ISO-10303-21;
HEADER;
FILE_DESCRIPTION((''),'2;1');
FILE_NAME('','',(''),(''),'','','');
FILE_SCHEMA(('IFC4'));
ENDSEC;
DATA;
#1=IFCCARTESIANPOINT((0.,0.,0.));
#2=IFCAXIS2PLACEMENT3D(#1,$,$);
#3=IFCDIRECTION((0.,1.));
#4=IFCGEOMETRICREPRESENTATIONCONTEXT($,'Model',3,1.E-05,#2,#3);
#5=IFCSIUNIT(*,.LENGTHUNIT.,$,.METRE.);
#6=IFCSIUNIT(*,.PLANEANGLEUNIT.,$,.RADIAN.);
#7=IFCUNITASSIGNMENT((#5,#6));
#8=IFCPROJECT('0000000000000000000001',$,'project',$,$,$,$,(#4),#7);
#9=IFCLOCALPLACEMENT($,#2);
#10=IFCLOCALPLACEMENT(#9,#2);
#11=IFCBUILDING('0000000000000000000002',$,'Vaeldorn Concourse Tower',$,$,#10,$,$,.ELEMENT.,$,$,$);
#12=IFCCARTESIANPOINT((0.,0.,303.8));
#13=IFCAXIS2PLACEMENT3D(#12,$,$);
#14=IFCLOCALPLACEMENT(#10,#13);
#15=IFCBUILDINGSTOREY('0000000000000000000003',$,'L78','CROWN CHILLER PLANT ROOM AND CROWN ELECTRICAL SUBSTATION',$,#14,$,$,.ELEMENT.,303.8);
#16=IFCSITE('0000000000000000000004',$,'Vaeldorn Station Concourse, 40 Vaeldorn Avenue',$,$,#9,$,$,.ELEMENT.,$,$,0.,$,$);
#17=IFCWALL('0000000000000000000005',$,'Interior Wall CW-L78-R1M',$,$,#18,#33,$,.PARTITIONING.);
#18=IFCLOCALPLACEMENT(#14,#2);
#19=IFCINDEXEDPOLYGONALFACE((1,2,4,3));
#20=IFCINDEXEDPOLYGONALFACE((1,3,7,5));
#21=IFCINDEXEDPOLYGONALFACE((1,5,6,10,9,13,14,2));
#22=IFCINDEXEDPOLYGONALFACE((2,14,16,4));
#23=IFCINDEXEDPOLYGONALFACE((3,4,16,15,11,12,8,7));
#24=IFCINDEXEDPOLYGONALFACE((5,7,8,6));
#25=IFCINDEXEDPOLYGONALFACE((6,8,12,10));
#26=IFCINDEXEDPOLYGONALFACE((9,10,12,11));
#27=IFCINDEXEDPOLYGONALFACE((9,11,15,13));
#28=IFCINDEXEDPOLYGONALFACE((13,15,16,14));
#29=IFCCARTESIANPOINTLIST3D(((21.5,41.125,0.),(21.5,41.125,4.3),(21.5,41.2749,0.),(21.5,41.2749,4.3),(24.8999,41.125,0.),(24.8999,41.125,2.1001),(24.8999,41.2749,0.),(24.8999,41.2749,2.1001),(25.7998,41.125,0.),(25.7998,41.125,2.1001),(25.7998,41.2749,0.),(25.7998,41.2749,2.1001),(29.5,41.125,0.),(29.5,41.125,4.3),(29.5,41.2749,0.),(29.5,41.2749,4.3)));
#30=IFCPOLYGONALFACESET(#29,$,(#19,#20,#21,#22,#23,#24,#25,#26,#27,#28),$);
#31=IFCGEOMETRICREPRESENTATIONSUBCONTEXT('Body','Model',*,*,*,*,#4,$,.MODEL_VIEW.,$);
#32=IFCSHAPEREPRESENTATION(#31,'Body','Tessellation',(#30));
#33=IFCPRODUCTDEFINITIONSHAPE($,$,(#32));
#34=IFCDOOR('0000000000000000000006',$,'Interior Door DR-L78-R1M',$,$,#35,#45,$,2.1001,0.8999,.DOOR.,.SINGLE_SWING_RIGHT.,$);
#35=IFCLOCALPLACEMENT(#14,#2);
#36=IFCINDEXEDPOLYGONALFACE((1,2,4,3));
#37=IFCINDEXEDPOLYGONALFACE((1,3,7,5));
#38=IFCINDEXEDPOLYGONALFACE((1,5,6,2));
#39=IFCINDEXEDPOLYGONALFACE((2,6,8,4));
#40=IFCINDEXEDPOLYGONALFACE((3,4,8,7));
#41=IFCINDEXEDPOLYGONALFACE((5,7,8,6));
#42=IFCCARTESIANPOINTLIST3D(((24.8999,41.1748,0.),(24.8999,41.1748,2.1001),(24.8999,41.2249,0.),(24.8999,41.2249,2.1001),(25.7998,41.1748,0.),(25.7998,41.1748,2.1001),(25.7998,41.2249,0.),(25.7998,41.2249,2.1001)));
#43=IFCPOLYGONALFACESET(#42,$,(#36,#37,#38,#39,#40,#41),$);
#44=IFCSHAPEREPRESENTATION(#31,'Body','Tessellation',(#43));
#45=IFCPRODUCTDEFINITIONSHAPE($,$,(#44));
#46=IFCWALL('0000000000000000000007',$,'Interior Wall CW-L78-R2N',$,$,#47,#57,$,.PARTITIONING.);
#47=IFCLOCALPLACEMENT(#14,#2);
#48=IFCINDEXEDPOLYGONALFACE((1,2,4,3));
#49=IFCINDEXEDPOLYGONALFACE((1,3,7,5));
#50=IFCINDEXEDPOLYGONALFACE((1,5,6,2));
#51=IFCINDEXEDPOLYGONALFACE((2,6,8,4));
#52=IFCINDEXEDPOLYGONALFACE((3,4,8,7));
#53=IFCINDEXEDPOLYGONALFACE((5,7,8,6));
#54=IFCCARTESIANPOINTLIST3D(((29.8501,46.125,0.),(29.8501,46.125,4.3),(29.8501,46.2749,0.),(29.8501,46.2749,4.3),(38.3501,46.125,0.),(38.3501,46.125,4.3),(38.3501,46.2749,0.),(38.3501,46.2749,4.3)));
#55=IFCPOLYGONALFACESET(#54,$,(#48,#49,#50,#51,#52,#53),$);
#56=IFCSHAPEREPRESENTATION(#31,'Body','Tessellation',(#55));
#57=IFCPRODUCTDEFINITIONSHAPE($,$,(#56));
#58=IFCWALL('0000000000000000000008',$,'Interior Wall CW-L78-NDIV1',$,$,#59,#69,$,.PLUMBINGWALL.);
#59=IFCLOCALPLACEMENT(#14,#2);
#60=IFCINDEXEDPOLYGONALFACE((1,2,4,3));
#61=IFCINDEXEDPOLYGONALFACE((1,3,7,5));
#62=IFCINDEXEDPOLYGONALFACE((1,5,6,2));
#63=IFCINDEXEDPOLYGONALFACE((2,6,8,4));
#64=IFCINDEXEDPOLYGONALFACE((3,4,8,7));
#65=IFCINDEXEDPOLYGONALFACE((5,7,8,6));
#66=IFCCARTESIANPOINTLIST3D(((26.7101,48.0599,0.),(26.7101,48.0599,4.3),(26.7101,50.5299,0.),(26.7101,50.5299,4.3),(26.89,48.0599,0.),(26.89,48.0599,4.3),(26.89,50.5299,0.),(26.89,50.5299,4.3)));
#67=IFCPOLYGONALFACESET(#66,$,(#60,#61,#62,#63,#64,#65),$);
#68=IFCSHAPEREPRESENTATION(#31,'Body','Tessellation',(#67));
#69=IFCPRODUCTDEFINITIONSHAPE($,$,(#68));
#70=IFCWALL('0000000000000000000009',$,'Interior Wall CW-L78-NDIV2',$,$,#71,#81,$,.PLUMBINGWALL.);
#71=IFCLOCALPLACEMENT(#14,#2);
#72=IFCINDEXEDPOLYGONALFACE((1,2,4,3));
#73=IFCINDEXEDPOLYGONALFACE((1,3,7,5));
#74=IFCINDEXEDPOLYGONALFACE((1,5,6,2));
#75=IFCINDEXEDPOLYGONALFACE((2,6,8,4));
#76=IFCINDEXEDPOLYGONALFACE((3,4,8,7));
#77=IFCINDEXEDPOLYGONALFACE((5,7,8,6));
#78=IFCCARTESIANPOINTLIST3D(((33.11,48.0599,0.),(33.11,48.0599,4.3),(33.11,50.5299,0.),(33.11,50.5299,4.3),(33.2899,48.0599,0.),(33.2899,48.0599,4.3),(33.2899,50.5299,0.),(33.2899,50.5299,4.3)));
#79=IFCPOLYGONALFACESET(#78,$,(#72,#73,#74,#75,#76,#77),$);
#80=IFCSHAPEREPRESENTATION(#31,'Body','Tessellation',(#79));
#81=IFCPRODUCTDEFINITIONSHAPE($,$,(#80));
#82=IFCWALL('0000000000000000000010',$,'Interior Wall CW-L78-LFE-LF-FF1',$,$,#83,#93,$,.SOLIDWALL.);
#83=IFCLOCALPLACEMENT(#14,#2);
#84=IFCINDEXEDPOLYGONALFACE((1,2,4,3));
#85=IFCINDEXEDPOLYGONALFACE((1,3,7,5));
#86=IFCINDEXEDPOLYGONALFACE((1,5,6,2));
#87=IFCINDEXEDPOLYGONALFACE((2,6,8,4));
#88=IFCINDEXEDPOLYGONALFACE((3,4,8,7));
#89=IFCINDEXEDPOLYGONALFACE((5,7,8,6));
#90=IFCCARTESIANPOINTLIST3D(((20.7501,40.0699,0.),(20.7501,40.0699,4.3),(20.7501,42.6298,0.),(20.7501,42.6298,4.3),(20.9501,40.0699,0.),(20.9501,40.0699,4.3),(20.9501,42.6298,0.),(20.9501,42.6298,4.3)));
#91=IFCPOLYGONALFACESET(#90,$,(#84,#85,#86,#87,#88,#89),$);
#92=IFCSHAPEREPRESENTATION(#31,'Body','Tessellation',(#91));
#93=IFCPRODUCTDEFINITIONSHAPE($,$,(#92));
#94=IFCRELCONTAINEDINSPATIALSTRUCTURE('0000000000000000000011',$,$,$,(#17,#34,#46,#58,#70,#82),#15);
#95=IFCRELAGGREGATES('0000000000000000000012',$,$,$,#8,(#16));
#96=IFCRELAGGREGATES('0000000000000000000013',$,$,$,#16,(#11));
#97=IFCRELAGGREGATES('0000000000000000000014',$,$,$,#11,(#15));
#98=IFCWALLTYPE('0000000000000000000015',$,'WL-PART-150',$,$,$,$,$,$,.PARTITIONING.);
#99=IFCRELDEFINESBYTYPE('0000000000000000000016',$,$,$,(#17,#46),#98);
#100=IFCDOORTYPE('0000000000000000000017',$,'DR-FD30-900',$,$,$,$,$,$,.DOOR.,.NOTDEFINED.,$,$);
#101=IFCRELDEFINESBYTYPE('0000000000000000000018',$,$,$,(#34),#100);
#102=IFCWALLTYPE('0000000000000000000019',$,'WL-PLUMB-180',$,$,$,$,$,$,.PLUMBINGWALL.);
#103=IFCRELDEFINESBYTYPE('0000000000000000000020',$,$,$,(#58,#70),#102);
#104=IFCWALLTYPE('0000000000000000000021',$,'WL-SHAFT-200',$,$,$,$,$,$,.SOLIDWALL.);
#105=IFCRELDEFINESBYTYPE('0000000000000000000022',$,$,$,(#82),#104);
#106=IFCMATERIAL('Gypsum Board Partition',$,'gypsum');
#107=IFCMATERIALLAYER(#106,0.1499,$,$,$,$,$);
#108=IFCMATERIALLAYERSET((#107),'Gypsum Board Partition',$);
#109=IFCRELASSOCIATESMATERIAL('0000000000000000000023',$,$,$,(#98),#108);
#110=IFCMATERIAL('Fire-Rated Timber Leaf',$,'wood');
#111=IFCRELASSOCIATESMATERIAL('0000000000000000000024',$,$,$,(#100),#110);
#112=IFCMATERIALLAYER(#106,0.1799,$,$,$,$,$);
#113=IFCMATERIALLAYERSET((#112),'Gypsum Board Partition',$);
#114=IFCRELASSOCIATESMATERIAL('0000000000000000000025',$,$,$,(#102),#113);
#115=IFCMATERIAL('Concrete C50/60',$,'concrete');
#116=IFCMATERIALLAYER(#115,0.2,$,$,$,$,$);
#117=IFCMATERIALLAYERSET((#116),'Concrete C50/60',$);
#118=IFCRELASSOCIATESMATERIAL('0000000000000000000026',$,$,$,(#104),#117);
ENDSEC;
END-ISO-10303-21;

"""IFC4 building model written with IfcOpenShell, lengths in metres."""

from ifc_helpers import new_model, si_unit, direction, frame, frame_2d, origin, place, context, subcontext, project, spatial, rectangle, extrude, source, transform, mapped, material, layer, layer_set, type_object, element, fill, save


model = new_model("IFC4")

# Units and contexts
model_context = context("Model", 3, precision=1e-05, world=origin(), true_north=direction((0.0, 1.0)))
body_context = subcontext(model_context, "Body", "Model", "MODEL_VIEW")
ifc_project = project(units=[si_unit("LENGTHUNIT", "METRE"), si_unit("PLANEANGLEUNIT", "RADIAN")], contexts=[model_context])

# Site, building, storey
site_placement = place(None, origin())
site = spatial("IfcSite", under=ifc_project, at=site_placement, Name="Vaeldorn Station Concourse, 40 Vaeldorn Avenue", CompositionType="ELEMENT", RefElevation=0.0)
building_placement = place(site_placement, origin())
building = spatial("IfcBuilding", under=site, at=building_placement, Name="Vaeldorn Concourse Tower", CompositionType="ELEMENT")
storey_placement = place(building_placement, frame((0.0, 0.0, 303.8)))
storey = spatial("IfcBuildingStorey", under=building, at=storey_placement, Name="L78", Description="CROWN CHILLER PLANT ROOM AND CROWN ELECTRICAL SUBSTATION", CompositionType="ELEMENT", Elevation=303.8)

# Shared definitions
ifc_material_1 = material(Name="Concrete C50/60", Category="concrete")
ifc_material_2 = material(Name="Gypsum Board Partition", Category="gypsum")
ifc_layer_1 = layer(ifc_material_2, 0.1499)
ifc_layer_set_1 = layer_set([ifc_layer_1], Name="Gypsum Board Partition")
wall_type_1 = type_object("IfcWallType", Name="WL-PART-150", PredefinedType="PARTITIONING", material=ifc_layer_set_1)

# Wall, opening, door
wall_1_placement = place(storey_placement, frame((21.5, 41.2, 0.0), z_axis=(0.0, 0.0, 1.0), x_axis=(1.0, 0.0, 0.0)))
wall_1 = element("IfcWall", 1, at=wall_1_placement, inside=storey, type_object=wall_type_1, Name="Interior Wall CW-L78-R1M", PredefinedType="PARTITIONING", context=body_context, shape_type="SweptSolid", body=[
    extrude(rectangle(XDim=8.0, YDim=0.1499, at=frame_2d((4.0, 0.0))), origin(), (0.0, 0.0, 1.0), 4.3),
])
opening_1_placement = place(wall_1_placement, frame((3.3999, 0.0, 0.0)))
opening_1 = element("IfcOpeningElement", 2, at=opening_1_placement, cuts=wall_1, PredefinedType="OPENING", context=body_context, shape_type="SweptSolid", body=[
    extrude(rectangle(XDim=0.8999, YDim=2.1001, at=frame_2d((0.45, 1.05))), frame((0.0, 0.085, 0.0), z_axis=(0.0, -1.0, 0.0), x_axis=(1.0, 0.0, 0.0)), (0.0, 0.0, 1.0), 0.1699),
])
ifc_material_3 = material(Name="Fire-Rated Timber Leaf", Category="wood")
door_type_1 = type_object("IfcDoorType", Name="DR-FD30-900", OperationType="NOTDEFINED", PredefinedType="DOOR", material=ifc_material_3)
shared_shape_1 = source(origin(), body_context, "Body", "SweptSolid", [
    extrude(rectangle(XDim=0.8999, YDim=2.1001, at=frame_2d((0.45, 1.05))), frame((0.0, 0.0249, 0.0), z_axis=(0.0, -1.0, 0.0), x_axis=(1.0, 0.0, 0.0)), (0.0, 0.0, 1.0), 0.05),
])
door_1_placement = place(opening_1_placement, origin())
door_1 = element("IfcDoor", 3, at=door_1_placement, inside=storey, type_object=door_type_1, Name="Interior Door DR-L78-R1M", OperationType="SINGLE_SWING_RIGHT", OverallHeight=2.1001, OverallWidth=0.8999, PredefinedType="DOOR", context=body_context, shape_type="MappedRepresentation", body=[
    mapped(shared_shape_1, transform((0.0, 0.0, 0.0), scale=1.0)),
])
fill(opening_1, door_1)

# Walls
wall_2_placement = place(storey_placement, frame((29.8501, 46.2, 0.0), z_axis=(0.0, 0.0, 1.0), x_axis=(1.0, 0.0, 0.0)))
element("IfcWall", 4, at=wall_2_placement, inside=storey, type_object=wall_type_1, Name="Interior Wall CW-L78-R2N", PredefinedType="PARTITIONING", context=body_context, shape_type="SweptSolid", body=[
    extrude(rectangle(XDim=8.5, YDim=0.1499, at=frame_2d((4.25, 0.0))), origin(), (0.0, 0.0, 1.0), 4.3),
])
ifc_layer_2 = layer(ifc_material_2, 0.1799)
ifc_layer_set_2 = layer_set([ifc_layer_2], Name="Gypsum Board Partition")
wall_type_2 = type_object("IfcWallType", Name="WL-PLUMB-180", PredefinedType="PLUMBINGWALL", material=ifc_layer_set_2)
for number, where, z_axis, x_axis, name in (
    (5, (26.8, 48.0601, 0.0), (0.0, 0.0, 1.0), (0.0, 1.0, 0.0), "Interior Wall CW-L78-NDIV1"),
    (6, (33.2, 48.0601, 0.0), (0.0, 0.0, 1.0), (0.0, 1.0, 0.0), "Interior Wall CW-L78-NDIV2"),
):
    element("IfcWall", number, at=place(storey_placement, frame(where, z_axis=z_axis, x_axis=x_axis)), inside=storey, type_object=wall_type_2, Name=name, PredefinedType="PLUMBINGWALL", context=body_context, shape_type="SweptSolid", body=[
        extrude(rectangle(XDim=2.47, YDim=0.1799, at=frame_2d((1.2349, 0.0))), origin(), (0.0, 0.0, 1.0), 4.3),
    ])
ifc_layer_3 = layer(ifc_material_1, 0.2)
ifc_layer_set_3 = layer_set([ifc_layer_3], Name="Concrete C50/60")
wall_type_3 = type_object("IfcWallType", Name="WL-SHAFT-200", PredefinedType="SOLIDWALL", material=ifc_layer_set_3)
wall_3_placement = place(storey_placement, frame((20.8501, 40.0701, 0.0), z_axis=(0.0, 0.0, 1.0), x_axis=(0.0, 1.0, 0.0)))
element("IfcWall", 7, at=wall_3_placement, inside=storey, type_object=wall_type_3, Name="Interior Wall CW-L78-LFE-LF-FF1", PredefinedType="SOLIDWALL", context=body_context, shape_type="SweptSolid", body=[
    extrude(rectangle(XDim=2.5598, YDim=0.2, at=frame_2d((1.2798, 0.0))), origin(), (0.0, 0.0, 1.0), 4.3),
])

save(model, "model.ifc")
